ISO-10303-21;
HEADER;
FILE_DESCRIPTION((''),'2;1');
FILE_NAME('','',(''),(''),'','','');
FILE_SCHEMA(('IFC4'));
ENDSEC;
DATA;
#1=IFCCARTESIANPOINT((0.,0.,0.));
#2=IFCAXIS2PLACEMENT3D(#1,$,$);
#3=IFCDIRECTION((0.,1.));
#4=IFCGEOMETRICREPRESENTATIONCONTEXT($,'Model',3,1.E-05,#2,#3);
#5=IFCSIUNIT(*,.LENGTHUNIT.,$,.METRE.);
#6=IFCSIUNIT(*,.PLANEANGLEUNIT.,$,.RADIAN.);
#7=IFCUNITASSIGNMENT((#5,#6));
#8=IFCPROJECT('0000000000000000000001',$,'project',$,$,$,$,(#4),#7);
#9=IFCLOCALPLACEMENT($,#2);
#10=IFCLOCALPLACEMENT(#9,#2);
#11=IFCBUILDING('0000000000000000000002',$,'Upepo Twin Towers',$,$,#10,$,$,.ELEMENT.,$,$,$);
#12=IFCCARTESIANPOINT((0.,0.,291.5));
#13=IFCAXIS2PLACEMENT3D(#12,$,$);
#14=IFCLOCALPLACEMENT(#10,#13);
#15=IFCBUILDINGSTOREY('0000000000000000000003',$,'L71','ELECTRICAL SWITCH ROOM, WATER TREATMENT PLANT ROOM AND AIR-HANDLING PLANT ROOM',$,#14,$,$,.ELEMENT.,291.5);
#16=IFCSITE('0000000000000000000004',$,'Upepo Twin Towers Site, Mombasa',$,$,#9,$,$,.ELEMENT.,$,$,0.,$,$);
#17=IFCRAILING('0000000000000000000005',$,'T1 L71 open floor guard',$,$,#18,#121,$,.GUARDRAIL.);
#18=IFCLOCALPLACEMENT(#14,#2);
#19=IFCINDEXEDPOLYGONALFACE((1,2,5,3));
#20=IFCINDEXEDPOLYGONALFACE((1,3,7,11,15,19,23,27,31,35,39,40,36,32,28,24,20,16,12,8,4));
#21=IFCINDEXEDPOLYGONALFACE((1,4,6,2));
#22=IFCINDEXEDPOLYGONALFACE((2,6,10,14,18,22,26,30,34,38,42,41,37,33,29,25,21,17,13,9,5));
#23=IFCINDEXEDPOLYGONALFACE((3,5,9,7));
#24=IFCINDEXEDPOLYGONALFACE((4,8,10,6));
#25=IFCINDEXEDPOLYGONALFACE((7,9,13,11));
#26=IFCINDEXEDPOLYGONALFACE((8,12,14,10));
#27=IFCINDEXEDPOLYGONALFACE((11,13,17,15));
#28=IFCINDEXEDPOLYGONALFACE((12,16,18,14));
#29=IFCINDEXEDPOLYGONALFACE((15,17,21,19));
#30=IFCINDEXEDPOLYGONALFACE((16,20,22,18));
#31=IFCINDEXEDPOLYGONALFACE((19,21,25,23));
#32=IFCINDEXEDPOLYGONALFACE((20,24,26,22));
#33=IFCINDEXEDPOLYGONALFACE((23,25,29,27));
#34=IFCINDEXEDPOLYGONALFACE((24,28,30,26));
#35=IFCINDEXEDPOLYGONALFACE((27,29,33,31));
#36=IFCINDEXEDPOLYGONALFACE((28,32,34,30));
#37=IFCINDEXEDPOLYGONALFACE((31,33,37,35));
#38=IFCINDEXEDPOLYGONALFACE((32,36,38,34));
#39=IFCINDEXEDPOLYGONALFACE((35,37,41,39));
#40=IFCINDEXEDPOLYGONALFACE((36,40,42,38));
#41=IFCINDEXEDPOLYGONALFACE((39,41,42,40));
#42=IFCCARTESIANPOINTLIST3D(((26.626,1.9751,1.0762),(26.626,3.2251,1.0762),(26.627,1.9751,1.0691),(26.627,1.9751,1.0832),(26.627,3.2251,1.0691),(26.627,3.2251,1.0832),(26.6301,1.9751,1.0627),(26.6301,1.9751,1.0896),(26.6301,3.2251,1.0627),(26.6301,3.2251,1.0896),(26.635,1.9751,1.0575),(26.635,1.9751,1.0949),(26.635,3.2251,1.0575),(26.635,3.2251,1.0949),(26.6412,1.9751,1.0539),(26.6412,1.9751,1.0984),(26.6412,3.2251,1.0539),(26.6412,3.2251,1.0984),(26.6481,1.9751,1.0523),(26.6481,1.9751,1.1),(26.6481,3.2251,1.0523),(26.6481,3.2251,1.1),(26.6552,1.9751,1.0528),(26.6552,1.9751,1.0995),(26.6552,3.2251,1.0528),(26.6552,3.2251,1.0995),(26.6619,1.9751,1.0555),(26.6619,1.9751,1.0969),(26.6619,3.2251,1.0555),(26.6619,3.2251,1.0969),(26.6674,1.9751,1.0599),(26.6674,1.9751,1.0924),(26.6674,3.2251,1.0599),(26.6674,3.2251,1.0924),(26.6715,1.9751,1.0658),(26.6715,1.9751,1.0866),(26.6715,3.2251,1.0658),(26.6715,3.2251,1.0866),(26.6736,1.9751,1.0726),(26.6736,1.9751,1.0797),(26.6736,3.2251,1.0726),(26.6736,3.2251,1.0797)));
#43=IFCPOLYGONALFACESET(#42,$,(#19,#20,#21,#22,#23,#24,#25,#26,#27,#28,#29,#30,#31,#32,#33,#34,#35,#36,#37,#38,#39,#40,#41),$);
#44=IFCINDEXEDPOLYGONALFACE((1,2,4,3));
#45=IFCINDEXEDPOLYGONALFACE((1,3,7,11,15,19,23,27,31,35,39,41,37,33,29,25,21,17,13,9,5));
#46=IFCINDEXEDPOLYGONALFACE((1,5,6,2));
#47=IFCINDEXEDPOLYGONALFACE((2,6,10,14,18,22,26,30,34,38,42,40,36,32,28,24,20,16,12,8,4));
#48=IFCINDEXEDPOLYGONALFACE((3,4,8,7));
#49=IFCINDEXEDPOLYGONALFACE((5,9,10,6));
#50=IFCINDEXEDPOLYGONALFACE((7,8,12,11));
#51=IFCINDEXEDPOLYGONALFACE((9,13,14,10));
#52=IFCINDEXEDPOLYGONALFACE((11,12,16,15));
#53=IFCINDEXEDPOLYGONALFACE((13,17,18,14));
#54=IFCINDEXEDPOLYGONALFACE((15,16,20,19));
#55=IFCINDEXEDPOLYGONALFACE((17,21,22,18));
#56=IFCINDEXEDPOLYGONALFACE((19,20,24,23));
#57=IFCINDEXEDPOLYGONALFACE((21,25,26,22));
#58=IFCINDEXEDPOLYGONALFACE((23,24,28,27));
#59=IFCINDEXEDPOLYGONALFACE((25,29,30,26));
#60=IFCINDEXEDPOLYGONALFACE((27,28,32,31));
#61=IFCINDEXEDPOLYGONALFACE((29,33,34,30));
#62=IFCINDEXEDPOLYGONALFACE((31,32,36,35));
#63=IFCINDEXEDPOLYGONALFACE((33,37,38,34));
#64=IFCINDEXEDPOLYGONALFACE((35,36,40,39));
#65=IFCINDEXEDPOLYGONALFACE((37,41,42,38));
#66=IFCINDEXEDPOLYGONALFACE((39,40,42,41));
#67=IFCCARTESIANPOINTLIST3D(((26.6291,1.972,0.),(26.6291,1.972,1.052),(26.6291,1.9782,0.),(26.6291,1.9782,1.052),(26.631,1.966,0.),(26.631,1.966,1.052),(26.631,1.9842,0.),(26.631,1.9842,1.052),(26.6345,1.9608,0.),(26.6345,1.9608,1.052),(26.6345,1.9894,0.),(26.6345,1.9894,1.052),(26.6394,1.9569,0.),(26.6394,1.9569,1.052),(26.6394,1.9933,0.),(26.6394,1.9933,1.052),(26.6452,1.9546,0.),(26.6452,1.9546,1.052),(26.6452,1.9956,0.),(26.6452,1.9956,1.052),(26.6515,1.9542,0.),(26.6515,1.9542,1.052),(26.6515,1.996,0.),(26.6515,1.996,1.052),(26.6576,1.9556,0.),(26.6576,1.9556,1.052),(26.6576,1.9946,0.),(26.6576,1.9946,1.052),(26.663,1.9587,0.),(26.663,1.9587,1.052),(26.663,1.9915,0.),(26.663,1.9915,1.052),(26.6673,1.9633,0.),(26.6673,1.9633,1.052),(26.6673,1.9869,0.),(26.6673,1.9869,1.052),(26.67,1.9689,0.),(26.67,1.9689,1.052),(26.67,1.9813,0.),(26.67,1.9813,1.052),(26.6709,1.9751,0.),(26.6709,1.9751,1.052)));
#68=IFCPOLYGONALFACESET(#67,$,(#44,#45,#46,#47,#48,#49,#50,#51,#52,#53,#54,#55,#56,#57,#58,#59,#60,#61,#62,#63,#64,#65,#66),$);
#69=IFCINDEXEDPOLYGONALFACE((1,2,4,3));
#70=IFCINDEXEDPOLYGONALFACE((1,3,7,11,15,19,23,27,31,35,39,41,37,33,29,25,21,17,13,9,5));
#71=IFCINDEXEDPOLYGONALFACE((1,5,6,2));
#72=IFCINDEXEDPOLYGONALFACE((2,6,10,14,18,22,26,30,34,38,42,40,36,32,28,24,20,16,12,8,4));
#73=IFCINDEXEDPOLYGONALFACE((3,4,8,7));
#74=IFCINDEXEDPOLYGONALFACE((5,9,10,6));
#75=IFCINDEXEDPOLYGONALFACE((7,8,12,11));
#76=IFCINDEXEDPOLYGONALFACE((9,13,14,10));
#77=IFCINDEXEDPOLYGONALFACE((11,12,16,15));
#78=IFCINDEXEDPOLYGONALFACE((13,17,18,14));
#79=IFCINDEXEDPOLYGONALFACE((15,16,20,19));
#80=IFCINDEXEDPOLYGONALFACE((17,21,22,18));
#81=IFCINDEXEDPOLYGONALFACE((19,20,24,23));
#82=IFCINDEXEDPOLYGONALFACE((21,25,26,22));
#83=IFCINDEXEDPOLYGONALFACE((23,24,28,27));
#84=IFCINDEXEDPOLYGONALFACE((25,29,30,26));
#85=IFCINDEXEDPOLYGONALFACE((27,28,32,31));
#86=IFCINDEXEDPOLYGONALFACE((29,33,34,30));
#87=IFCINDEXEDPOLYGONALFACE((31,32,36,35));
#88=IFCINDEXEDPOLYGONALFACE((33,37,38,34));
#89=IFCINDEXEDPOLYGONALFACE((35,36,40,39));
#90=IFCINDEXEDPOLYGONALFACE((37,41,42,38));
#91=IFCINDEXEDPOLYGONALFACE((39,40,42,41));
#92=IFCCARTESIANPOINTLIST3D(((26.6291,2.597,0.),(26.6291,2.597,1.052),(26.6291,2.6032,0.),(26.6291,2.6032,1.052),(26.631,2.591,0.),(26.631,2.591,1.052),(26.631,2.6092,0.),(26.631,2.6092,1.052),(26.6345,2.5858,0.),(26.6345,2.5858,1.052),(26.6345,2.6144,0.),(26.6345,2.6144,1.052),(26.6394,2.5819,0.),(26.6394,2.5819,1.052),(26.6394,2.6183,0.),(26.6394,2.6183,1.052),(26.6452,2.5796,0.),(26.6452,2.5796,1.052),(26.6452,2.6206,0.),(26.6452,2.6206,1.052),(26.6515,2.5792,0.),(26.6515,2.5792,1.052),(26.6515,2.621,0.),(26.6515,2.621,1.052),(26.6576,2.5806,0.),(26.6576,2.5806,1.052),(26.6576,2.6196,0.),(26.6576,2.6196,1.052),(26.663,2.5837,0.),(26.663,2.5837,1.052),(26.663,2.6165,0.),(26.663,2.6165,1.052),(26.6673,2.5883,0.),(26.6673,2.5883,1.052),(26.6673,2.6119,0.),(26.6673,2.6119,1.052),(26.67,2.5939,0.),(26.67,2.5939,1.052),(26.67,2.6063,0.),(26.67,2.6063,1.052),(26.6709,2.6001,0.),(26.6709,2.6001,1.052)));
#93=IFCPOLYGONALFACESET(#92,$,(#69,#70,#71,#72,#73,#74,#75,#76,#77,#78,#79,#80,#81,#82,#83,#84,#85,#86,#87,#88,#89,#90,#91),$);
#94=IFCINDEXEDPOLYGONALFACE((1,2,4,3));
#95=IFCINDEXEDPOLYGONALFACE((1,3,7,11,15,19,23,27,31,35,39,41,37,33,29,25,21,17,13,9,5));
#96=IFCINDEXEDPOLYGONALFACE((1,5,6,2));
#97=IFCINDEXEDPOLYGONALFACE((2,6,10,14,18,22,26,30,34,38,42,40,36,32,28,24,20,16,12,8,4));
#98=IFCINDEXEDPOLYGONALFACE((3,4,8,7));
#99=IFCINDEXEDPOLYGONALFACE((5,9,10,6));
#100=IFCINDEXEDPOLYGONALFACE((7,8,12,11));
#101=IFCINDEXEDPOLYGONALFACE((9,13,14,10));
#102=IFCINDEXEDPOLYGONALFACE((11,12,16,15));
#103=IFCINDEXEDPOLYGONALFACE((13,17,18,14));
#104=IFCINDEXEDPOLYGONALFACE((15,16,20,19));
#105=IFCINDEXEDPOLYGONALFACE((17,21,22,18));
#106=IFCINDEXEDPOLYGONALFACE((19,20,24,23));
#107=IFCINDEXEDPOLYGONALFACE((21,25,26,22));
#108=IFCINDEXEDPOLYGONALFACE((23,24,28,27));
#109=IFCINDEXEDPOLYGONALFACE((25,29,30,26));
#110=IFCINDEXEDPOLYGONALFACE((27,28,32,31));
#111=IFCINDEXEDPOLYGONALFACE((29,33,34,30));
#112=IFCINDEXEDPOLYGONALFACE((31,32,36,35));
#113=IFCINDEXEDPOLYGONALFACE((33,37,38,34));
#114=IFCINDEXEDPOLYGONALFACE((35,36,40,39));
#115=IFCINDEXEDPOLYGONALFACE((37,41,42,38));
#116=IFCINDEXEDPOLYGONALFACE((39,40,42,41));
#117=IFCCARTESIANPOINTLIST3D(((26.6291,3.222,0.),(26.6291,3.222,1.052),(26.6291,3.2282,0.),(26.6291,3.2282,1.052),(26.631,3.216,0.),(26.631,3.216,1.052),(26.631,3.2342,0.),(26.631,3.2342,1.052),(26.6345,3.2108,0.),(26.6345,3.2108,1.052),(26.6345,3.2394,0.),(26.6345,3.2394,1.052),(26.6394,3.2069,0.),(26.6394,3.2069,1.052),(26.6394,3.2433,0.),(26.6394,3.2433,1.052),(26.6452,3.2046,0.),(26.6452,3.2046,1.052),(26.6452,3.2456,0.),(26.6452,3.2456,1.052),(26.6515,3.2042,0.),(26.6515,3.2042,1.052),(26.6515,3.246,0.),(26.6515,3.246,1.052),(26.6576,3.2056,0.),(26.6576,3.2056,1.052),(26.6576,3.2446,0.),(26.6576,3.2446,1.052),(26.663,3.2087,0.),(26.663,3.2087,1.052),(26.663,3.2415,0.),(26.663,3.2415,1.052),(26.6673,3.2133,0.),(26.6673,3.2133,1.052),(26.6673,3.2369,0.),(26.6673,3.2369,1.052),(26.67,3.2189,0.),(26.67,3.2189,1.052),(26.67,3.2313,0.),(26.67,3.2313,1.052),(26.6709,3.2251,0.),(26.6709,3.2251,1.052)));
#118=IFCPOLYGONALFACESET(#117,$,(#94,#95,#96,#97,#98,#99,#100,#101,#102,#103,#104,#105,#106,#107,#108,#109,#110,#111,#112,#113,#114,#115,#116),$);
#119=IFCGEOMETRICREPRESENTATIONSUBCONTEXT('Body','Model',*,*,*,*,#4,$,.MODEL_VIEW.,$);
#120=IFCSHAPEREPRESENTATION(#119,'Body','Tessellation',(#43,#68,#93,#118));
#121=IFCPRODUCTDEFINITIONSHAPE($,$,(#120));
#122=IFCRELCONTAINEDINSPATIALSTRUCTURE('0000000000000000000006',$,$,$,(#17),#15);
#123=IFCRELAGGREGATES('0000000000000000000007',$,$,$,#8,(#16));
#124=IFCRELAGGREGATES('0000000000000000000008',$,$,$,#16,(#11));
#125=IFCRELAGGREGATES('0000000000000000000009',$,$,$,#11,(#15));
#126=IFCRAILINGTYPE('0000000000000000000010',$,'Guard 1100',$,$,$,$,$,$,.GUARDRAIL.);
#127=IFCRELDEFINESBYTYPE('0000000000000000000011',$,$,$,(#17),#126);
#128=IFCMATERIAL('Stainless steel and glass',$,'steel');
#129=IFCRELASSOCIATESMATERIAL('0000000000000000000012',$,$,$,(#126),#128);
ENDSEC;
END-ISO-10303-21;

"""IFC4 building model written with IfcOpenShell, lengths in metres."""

from ifc_helpers import new_model, si_unit, direction, frame, origin, origin_2d, place, context, subcontext, project, spatial, circle, extrude, material, type_object, element, save


model = new_model("IFC4")

# Units and contexts
model_context = context("Model", 3, precision=1e-05, world=origin(), true_north=direction((0.0, 1.0)))
body_context = subcontext(model_context, "Body", "Model", "MODEL_VIEW")
ifc_project = project(units=[si_unit("LENGTHUNIT", "METRE"), si_unit("PLANEANGLEUNIT", "RADIAN")], contexts=[model_context])

# Site, building, storey
site_placement = place(None, origin())
site = spatial("IfcSite", under=ifc_project, at=site_placement, Name="Upepo Twin Towers Site, Mombasa", CompositionType="ELEMENT", RefElevation=0.0)
building_placement = place(site_placement, origin())
building = spatial("IfcBuilding", under=site, at=building_placement, Name="Upepo Twin Towers", CompositionType="ELEMENT")
storey_placement = place(building_placement, frame((0.0, 0.0, 291.5)))
storey = spatial("IfcBuildingStorey", under=building, at=storey_placement, Name="L71", Description="ELECTRICAL SWITCH ROOM, WATER TREATMENT PLANT ROOM AND AIR-HANDLING PLANT ROOM", CompositionType="ELEMENT", Elevation=291.5)

# Railing
ifc_material_1 = material(Name="Stainless steel and glass", Category="steel")
railing_type = type_object("IfcRailingType", Name="Guard 1100", PredefinedType="GUARDRAIL", material=ifc_material_1)
for number, where, name in (
    (1, (26.6499, 1.9751, 0.0), "T1 L71 open floor guard"),
):
    element("IfcRailing", number, at=place(storey_placement, frame(where)), inside=storey, type_object=railing_type, Name=name, PredefinedType="GUARDRAIL", context=body_context, shape_type="SweptSolid", body=[
        extrude(circle(Radius=0.0239, at=origin_2d()), frame((0.0, 0.0, 1.0762), z_axis=(0.0, 1.0, 0.0), x_axis=(-1.0, 0.0, 0.0)), (0.0, 0.0, 1.0), 1.25),
        extrude(circle(Radius=0.021, at=origin_2d()), origin(), (0.0, 0.0, 1.0), 1.052),
        extrude(circle(Radius=0.021, at=origin_2d()), frame((0.0, 0.625, 0.0)), (0.0, 0.0, 1.0), 1.052),
        extrude(circle(Radius=0.021, at=origin_2d()), frame((0.0, 1.25, 0.0)), (0.0, 0.0, 1.0), 1.052),
    ])

save(model, "model.ifc")
